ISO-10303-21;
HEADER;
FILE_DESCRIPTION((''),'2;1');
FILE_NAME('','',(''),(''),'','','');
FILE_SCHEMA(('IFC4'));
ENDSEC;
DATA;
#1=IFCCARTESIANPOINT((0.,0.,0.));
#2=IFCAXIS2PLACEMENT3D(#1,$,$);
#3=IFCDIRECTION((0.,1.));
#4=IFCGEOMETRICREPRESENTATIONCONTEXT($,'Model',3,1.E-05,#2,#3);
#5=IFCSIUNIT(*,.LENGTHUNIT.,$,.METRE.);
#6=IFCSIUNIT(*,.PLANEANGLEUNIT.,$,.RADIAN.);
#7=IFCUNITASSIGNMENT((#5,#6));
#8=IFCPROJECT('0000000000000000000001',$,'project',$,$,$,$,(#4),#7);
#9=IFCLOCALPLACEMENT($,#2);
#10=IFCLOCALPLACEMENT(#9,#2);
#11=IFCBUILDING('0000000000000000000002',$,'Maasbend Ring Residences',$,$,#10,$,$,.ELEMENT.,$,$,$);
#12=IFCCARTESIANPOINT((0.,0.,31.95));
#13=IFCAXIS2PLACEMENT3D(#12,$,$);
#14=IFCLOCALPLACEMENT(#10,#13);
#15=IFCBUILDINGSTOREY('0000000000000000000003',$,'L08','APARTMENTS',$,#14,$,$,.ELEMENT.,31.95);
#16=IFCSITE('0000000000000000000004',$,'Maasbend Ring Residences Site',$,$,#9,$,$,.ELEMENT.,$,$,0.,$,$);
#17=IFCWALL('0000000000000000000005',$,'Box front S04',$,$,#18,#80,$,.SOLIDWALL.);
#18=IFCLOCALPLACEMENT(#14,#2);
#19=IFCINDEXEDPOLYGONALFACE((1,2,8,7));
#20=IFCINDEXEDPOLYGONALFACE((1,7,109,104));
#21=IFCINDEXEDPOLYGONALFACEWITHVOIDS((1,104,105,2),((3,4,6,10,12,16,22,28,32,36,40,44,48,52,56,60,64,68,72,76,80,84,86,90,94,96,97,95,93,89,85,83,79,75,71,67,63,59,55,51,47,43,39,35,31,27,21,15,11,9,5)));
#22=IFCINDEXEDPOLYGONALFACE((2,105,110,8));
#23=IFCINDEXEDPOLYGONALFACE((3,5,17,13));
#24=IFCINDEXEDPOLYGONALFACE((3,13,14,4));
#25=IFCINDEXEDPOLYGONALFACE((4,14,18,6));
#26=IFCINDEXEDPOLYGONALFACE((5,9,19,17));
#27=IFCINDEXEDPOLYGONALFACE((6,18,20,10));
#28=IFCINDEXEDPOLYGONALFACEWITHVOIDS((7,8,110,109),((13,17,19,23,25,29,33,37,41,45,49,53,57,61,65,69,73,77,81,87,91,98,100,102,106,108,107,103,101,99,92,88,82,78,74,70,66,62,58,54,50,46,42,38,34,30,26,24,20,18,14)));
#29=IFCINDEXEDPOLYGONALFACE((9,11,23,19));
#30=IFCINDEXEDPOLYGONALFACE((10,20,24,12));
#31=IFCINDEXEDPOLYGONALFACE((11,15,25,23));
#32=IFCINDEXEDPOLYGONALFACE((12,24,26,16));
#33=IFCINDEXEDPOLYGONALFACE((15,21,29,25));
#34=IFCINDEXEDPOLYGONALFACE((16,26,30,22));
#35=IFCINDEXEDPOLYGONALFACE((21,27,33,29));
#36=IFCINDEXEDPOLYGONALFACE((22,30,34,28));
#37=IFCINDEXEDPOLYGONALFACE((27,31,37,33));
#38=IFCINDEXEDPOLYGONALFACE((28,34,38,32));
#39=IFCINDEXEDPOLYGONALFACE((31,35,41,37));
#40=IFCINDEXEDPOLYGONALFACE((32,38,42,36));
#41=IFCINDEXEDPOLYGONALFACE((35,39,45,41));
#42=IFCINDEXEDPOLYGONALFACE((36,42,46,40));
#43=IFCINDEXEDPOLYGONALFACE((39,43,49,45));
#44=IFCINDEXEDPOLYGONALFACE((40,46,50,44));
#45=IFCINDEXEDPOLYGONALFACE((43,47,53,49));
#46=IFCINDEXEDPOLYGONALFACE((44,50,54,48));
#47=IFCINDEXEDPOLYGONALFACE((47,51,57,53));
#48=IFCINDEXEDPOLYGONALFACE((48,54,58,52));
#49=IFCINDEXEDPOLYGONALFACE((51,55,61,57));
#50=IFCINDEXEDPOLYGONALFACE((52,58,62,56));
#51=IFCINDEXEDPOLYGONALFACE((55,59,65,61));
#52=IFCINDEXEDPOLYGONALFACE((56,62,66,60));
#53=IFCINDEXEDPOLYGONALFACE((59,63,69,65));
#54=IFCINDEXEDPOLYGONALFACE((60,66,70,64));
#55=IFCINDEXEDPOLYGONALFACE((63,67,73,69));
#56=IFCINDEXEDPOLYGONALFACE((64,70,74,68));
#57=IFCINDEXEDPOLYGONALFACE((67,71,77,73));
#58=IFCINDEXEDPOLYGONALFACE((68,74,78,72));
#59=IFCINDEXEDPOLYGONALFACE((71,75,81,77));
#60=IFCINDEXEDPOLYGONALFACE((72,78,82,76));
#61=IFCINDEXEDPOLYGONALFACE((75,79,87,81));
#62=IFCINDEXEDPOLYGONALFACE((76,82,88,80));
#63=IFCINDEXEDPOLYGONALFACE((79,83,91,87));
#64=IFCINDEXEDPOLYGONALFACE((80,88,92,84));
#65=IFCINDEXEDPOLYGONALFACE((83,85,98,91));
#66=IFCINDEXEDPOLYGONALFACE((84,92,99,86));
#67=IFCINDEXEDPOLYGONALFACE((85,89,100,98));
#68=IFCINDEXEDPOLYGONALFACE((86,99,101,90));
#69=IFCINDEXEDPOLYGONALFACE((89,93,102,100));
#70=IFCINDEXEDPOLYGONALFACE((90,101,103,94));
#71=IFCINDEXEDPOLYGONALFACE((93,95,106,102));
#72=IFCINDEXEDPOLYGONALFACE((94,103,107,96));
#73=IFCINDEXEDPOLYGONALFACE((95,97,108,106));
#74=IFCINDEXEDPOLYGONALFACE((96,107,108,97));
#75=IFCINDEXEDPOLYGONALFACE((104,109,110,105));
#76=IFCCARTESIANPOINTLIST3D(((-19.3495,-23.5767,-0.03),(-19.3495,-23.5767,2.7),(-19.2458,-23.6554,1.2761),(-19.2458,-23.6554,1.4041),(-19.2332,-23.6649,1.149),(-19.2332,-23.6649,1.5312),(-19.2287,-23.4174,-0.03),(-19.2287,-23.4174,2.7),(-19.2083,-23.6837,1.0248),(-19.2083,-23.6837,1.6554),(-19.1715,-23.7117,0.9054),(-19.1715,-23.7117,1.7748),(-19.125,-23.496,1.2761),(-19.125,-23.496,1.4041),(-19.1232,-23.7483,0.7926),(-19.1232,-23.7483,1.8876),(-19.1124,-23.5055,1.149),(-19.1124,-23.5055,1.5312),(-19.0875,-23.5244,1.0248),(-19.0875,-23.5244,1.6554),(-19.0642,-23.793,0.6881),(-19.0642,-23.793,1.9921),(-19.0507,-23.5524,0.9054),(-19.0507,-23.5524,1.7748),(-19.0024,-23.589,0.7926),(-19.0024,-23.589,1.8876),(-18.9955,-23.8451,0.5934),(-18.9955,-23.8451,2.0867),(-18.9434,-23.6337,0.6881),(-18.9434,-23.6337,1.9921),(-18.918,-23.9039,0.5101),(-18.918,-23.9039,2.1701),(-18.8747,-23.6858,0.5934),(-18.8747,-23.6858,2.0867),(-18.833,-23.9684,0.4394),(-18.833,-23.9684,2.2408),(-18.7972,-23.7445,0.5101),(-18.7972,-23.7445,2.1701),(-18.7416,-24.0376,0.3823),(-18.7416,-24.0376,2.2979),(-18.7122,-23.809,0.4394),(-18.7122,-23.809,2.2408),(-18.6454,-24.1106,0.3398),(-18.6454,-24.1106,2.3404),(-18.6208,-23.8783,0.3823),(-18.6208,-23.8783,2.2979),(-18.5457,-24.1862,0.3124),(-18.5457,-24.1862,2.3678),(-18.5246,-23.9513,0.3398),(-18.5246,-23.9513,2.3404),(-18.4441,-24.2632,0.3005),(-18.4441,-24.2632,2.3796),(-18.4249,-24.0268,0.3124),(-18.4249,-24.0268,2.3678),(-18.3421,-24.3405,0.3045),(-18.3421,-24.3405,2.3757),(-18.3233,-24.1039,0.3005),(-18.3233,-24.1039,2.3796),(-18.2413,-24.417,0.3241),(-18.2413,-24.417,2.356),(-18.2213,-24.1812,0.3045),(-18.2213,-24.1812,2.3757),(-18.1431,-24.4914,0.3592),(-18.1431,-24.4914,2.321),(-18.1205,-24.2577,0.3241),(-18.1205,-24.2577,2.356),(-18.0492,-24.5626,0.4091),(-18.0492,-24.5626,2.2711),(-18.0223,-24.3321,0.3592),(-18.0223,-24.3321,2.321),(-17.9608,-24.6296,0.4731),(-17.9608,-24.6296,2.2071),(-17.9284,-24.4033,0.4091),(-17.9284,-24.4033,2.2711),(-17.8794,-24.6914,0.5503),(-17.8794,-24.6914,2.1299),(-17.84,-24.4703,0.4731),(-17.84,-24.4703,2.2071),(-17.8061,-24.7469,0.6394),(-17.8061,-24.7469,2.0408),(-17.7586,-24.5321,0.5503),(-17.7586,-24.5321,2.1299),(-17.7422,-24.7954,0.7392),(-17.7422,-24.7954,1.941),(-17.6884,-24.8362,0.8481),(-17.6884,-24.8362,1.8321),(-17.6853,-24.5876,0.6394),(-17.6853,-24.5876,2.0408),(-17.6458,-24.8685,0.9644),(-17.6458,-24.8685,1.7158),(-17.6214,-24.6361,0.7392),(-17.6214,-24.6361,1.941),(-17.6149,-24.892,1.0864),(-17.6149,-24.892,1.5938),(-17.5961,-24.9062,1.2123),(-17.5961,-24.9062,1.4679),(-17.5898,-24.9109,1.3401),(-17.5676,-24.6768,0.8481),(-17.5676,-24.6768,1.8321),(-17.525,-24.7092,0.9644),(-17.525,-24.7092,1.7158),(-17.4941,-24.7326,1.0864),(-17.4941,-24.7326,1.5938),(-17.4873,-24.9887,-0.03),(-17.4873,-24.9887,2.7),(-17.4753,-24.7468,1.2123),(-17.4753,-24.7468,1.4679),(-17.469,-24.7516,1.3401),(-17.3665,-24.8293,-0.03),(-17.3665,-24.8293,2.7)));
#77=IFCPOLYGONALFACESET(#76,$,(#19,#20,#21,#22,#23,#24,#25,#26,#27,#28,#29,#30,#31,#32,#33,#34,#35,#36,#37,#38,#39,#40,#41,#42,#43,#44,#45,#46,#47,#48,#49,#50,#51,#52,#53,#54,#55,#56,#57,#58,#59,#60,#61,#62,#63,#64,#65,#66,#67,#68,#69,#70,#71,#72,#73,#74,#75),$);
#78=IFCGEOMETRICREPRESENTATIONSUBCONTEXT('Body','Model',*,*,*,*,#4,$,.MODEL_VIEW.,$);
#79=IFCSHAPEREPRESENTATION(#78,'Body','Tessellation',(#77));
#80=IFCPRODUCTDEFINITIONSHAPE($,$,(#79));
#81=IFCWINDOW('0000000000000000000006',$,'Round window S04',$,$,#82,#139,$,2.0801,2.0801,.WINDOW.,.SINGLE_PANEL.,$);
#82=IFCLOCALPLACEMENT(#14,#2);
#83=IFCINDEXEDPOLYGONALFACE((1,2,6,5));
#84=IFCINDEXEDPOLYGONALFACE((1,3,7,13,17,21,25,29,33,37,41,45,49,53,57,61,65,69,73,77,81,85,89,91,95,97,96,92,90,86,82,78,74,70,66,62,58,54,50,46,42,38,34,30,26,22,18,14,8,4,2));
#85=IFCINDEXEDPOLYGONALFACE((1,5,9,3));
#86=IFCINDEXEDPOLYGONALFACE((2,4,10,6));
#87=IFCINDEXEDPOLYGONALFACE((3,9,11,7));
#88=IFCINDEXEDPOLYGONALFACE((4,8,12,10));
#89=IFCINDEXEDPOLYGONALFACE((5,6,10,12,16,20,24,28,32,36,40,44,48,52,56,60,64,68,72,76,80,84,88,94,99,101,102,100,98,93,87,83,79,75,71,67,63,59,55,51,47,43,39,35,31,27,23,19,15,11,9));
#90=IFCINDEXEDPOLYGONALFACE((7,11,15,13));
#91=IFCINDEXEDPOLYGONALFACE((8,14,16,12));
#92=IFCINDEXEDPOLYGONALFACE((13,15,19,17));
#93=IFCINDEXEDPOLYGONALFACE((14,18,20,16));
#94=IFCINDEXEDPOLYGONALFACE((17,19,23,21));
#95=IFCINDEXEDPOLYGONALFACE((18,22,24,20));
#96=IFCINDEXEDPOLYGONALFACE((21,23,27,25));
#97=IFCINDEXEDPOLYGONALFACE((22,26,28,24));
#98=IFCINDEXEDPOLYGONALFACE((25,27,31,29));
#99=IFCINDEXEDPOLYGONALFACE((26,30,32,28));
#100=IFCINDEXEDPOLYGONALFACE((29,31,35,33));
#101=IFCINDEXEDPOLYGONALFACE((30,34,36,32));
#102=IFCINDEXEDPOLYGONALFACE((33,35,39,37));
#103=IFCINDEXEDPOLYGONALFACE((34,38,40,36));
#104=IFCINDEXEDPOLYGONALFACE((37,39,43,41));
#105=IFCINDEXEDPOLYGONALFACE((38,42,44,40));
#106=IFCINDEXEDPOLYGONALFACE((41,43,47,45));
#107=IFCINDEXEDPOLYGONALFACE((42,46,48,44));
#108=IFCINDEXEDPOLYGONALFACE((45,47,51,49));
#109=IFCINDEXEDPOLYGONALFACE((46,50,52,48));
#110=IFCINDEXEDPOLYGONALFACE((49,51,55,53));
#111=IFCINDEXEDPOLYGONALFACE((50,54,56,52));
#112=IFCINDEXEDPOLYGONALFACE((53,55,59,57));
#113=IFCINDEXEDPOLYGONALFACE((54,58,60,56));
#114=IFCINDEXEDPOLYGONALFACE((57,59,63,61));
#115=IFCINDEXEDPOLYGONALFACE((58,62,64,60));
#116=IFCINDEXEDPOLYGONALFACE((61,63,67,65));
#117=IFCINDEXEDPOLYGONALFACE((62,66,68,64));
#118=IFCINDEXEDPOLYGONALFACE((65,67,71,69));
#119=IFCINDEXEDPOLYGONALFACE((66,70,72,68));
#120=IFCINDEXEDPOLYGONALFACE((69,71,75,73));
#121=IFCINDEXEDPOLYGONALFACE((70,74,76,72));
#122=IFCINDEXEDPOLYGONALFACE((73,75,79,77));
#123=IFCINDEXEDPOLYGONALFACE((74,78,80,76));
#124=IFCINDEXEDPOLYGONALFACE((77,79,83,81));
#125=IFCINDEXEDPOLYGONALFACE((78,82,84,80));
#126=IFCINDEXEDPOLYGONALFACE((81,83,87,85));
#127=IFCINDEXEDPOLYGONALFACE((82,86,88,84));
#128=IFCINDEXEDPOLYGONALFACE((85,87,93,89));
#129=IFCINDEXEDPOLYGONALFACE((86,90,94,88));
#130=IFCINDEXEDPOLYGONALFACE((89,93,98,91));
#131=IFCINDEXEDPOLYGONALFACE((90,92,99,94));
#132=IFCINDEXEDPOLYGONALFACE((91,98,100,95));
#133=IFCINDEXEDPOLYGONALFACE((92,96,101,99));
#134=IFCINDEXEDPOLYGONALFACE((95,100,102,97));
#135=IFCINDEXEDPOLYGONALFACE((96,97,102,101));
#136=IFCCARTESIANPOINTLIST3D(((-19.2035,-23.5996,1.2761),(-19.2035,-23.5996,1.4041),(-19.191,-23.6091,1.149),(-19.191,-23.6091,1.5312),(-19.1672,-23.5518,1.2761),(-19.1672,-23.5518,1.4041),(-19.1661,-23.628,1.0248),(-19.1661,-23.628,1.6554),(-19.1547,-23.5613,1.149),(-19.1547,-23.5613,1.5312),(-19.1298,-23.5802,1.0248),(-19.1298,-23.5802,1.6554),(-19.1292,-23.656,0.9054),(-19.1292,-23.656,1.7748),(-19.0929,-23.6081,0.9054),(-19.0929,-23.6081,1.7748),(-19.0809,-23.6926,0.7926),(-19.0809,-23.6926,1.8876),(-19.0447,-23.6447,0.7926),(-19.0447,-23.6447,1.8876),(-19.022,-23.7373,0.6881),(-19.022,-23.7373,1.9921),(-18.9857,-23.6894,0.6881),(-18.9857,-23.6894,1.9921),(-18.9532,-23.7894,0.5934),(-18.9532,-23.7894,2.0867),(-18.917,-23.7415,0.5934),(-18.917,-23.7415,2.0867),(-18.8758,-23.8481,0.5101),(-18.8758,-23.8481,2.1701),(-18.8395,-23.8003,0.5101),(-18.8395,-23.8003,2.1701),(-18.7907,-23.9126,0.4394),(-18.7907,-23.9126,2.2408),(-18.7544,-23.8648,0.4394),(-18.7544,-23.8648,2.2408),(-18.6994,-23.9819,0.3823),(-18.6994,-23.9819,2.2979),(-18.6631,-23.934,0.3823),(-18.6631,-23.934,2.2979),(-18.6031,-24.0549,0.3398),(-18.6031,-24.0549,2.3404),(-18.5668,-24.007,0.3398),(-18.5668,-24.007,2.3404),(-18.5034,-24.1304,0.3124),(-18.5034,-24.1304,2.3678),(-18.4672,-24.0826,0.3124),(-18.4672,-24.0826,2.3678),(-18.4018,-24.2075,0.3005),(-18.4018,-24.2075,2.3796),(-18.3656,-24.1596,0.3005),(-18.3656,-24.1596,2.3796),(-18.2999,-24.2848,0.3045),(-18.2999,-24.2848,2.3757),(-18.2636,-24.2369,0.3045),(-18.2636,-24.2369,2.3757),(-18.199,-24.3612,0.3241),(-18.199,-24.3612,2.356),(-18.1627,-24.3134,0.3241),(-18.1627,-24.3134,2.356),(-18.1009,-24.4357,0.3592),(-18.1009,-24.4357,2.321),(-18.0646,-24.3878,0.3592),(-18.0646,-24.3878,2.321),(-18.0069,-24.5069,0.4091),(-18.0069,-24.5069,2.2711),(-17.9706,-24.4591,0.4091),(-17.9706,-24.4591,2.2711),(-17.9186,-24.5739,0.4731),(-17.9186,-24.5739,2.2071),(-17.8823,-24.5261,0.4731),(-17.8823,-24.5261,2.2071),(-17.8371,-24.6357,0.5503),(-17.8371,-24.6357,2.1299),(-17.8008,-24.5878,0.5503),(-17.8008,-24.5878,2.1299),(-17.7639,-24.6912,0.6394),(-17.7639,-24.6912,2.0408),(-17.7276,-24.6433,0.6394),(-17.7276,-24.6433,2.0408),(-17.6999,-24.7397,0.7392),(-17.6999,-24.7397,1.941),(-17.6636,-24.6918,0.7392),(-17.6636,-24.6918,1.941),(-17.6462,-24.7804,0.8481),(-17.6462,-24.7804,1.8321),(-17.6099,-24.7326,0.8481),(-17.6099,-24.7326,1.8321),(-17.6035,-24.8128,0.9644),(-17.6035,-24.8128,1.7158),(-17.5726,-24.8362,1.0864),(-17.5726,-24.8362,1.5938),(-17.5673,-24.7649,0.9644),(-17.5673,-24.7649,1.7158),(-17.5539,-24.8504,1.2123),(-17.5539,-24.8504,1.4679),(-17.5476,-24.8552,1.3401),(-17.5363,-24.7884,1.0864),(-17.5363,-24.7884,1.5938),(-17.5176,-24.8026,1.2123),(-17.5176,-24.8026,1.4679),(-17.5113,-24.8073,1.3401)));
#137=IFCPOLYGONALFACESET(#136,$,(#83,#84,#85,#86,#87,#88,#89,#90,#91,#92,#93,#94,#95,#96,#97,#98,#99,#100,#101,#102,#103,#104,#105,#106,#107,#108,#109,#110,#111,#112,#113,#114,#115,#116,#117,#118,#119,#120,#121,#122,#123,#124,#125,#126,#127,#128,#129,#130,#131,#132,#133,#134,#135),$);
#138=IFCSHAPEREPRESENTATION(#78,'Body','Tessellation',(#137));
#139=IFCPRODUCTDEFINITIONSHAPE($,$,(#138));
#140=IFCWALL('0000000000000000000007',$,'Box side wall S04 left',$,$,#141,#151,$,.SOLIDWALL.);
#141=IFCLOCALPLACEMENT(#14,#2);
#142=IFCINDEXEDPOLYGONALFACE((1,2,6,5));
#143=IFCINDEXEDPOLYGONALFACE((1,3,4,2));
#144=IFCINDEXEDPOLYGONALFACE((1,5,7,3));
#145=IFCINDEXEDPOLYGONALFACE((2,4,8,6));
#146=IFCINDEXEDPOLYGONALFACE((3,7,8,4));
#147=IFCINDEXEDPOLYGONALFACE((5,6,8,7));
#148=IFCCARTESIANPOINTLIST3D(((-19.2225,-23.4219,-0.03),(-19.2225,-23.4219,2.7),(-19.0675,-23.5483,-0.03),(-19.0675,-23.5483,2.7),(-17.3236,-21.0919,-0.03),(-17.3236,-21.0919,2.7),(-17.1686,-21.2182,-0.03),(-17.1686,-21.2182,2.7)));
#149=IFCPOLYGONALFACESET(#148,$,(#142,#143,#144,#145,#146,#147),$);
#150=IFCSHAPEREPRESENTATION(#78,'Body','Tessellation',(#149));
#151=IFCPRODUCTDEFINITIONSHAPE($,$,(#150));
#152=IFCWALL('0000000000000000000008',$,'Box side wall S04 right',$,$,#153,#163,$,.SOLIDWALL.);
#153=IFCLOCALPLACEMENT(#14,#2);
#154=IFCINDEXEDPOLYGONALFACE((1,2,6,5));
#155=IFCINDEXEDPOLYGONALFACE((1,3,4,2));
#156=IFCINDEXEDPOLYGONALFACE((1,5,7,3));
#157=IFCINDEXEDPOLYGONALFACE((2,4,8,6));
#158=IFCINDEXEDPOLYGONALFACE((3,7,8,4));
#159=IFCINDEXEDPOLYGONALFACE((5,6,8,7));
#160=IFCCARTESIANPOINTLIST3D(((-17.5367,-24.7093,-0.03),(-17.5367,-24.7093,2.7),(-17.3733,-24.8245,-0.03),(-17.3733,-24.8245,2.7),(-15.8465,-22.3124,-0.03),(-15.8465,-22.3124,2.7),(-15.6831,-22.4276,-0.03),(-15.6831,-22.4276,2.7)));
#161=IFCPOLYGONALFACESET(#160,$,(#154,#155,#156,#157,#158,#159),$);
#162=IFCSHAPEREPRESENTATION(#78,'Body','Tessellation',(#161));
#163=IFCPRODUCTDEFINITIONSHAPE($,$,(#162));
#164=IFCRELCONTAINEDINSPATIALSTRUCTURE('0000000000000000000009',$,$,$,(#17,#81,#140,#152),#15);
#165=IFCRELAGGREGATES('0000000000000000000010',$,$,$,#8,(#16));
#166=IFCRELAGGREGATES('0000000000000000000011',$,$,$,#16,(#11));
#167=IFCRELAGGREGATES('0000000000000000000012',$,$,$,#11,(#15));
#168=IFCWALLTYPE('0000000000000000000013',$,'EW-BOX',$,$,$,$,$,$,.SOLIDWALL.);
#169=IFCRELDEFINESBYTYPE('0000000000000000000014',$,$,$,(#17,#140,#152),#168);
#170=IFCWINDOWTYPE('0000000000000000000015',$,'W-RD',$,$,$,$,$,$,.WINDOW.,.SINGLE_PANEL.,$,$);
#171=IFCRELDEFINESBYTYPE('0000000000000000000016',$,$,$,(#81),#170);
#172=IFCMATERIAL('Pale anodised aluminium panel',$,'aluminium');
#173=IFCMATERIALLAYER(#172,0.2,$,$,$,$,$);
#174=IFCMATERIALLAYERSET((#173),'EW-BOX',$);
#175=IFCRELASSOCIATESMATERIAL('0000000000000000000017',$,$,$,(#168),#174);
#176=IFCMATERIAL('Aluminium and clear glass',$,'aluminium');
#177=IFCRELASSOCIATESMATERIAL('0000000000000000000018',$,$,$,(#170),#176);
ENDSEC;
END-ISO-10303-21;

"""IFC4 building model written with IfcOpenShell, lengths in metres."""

from ifc_helpers import new_model, si_unit, direction, frame, frame_2d, origin, place, context, subcontext, project, spatial, rectangle, circle, extrude, material, layer, layer_set, type_object, element, fill, save


model = new_model("IFC4")

# Units and contexts
model_context = context("Model", 3, precision=1e-05, world=origin(), true_north=direction((0.0, 1.0)))
body_context = subcontext(model_context, "Body", "Model", "MODEL_VIEW")
ifc_project = project(units=[si_unit("LENGTHUNIT", "METRE"), si_unit("PLANEANGLEUNIT", "RADIAN")], contexts=[model_context])

# Site, building, storey
site_placement = place(None, origin())
site = spatial("IfcSite", under=ifc_project, at=site_placement, Name="Maasbend Ring Residences Site", CompositionType="ELEMENT", RefElevation=0.0)
building_placement = place(site_placement, origin())
building = spatial("IfcBuilding", under=site, at=building_placement, Name="Maasbend Ring Residences", CompositionType="ELEMENT")
storey_placement = place(building_placement, frame((0.0, 0.0, 31.95)))
storey = spatial("IfcBuildingStorey", under=building, at=storey_placement, Name="L08", Description="APARTMENTS", CompositionType="ELEMENT", Elevation=31.95)

# Wall, opening, window
ifc_material_1 = material(Name="Pale anodised aluminium panel", Category="aluminium")
ifc_layer_1 = layer(ifc_material_1, 0.2)
ifc_layer_set_1 = layer_set([ifc_layer_1], Name="EW-BOX")
wall_type_1 = type_object("IfcWallType", Name="EW-BOX", PredefinedType="SOLIDWALL", material=ifc_layer_set_1)
wall_1_placement = place(storey_placement, frame((-19.2891, -23.4971, -0.03), z_axis=(0.0, 0.0, 1.0), x_axis=(0.796842, -0.604188, 0.0)))
wall_1 = element("IfcWall", 1, at=wall_1_placement, inside=storey, type_object=wall_type_1, Name="Box front S04", PredefinedType="SOLIDWALL", context=body_context, shape_type="SweptSolid", body=[
    extrude(rectangle(XDim=2.3369, YDim=0.2, at=frame_2d((1.1685, 0.0))), origin(), (0.0, 0.0, 1.0), 2.73),
])
opening_1_placement = place(wall_1_placement, frame((0.1282, 0.0, 0.3301)))
opening_1 = element("IfcOpeningElement", 2, at=opening_1_placement, cuts=wall_1, PredefinedType="OPENING", context=body_context, shape_type="SweptSolid", body=[
    extrude(circle(Radius=1.04, at=frame_2d((1.04, 1.04))), frame((0.0, 0.1099, 0.0), z_axis=(0.0, -1.0, 0.0), x_axis=(1.0, 0.0, 0.0)), (0.0, 0.0, 1.0), 0.22),
])
ifc_material_2 = material(Name="Aluminium and clear glass", Category="aluminium")
window_type_1 = type_object("IfcWindowType", Name="W-RD", PartitioningType="SINGLE_PANEL", PredefinedType="WINDOW", material=ifc_material_2)
window_1_placement = place(opening_1_placement, origin())
window_1 = element("IfcWindow", 3, at=window_1_placement, inside=storey, type_object=window_type_1, Name="Round window S04", OverallHeight=2.0801, OverallWidth=2.0801, PartitioningType="SINGLE_PANEL", PredefinedType="WINDOW", context=body_context, shape_type="SweptSolid", body=[
    extrude(circle(Radius=1.04, at=frame_2d((1.04, 1.04))), frame((0.0, 0.03, 0.0), z_axis=(0.0, -1.0, 0.0), x_axis=(1.0, 0.0, 0.0)), (0.0, 0.0, 1.0), 0.0601),
])
fill(opening_1, window_1)

# Walls
wall_2_placement = place(storey_placement, frame((-17.2461, -21.155, -0.03), z_axis=(0.0, 0.0, 1.0), x_axis=(-0.631742, -0.775179, 0.0)))
element("IfcWall", 4, at=wall_2_placement, inside=storey, type_object=wall_type_1, Name="Box side wall S04 left", PredefinedType="SOLIDWALL", context=body_context, shape_type="SweptSolid", body=[
    extrude(rectangle(XDim=3.0059, YDim=0.2, at=frame_2d((1.5029, 0.0))), origin(), (0.0, 0.0, 1.0), 2.73),
])
wall_3_placement = place(storey_placement, frame((-15.7649, -22.3701, -0.03), z_axis=(0.0, 0.0, 1.0), x_axis=(-0.576275, -0.817256, 0.0)))
element("IfcWall", 5, at=wall_3_placement, inside=storey, type_object=wall_type_1, Name="Box side wall S04 right", PredefinedType="SOLIDWALL", context=body_context, shape_type="SweptSolid", body=[
    extrude(rectangle(XDim=2.9329, YDim=0.2, at=frame_2d((1.4663, 0.0))), origin(), (0.0, 0.0, 1.0), 2.73),
])

save(model, "model.ifc")
